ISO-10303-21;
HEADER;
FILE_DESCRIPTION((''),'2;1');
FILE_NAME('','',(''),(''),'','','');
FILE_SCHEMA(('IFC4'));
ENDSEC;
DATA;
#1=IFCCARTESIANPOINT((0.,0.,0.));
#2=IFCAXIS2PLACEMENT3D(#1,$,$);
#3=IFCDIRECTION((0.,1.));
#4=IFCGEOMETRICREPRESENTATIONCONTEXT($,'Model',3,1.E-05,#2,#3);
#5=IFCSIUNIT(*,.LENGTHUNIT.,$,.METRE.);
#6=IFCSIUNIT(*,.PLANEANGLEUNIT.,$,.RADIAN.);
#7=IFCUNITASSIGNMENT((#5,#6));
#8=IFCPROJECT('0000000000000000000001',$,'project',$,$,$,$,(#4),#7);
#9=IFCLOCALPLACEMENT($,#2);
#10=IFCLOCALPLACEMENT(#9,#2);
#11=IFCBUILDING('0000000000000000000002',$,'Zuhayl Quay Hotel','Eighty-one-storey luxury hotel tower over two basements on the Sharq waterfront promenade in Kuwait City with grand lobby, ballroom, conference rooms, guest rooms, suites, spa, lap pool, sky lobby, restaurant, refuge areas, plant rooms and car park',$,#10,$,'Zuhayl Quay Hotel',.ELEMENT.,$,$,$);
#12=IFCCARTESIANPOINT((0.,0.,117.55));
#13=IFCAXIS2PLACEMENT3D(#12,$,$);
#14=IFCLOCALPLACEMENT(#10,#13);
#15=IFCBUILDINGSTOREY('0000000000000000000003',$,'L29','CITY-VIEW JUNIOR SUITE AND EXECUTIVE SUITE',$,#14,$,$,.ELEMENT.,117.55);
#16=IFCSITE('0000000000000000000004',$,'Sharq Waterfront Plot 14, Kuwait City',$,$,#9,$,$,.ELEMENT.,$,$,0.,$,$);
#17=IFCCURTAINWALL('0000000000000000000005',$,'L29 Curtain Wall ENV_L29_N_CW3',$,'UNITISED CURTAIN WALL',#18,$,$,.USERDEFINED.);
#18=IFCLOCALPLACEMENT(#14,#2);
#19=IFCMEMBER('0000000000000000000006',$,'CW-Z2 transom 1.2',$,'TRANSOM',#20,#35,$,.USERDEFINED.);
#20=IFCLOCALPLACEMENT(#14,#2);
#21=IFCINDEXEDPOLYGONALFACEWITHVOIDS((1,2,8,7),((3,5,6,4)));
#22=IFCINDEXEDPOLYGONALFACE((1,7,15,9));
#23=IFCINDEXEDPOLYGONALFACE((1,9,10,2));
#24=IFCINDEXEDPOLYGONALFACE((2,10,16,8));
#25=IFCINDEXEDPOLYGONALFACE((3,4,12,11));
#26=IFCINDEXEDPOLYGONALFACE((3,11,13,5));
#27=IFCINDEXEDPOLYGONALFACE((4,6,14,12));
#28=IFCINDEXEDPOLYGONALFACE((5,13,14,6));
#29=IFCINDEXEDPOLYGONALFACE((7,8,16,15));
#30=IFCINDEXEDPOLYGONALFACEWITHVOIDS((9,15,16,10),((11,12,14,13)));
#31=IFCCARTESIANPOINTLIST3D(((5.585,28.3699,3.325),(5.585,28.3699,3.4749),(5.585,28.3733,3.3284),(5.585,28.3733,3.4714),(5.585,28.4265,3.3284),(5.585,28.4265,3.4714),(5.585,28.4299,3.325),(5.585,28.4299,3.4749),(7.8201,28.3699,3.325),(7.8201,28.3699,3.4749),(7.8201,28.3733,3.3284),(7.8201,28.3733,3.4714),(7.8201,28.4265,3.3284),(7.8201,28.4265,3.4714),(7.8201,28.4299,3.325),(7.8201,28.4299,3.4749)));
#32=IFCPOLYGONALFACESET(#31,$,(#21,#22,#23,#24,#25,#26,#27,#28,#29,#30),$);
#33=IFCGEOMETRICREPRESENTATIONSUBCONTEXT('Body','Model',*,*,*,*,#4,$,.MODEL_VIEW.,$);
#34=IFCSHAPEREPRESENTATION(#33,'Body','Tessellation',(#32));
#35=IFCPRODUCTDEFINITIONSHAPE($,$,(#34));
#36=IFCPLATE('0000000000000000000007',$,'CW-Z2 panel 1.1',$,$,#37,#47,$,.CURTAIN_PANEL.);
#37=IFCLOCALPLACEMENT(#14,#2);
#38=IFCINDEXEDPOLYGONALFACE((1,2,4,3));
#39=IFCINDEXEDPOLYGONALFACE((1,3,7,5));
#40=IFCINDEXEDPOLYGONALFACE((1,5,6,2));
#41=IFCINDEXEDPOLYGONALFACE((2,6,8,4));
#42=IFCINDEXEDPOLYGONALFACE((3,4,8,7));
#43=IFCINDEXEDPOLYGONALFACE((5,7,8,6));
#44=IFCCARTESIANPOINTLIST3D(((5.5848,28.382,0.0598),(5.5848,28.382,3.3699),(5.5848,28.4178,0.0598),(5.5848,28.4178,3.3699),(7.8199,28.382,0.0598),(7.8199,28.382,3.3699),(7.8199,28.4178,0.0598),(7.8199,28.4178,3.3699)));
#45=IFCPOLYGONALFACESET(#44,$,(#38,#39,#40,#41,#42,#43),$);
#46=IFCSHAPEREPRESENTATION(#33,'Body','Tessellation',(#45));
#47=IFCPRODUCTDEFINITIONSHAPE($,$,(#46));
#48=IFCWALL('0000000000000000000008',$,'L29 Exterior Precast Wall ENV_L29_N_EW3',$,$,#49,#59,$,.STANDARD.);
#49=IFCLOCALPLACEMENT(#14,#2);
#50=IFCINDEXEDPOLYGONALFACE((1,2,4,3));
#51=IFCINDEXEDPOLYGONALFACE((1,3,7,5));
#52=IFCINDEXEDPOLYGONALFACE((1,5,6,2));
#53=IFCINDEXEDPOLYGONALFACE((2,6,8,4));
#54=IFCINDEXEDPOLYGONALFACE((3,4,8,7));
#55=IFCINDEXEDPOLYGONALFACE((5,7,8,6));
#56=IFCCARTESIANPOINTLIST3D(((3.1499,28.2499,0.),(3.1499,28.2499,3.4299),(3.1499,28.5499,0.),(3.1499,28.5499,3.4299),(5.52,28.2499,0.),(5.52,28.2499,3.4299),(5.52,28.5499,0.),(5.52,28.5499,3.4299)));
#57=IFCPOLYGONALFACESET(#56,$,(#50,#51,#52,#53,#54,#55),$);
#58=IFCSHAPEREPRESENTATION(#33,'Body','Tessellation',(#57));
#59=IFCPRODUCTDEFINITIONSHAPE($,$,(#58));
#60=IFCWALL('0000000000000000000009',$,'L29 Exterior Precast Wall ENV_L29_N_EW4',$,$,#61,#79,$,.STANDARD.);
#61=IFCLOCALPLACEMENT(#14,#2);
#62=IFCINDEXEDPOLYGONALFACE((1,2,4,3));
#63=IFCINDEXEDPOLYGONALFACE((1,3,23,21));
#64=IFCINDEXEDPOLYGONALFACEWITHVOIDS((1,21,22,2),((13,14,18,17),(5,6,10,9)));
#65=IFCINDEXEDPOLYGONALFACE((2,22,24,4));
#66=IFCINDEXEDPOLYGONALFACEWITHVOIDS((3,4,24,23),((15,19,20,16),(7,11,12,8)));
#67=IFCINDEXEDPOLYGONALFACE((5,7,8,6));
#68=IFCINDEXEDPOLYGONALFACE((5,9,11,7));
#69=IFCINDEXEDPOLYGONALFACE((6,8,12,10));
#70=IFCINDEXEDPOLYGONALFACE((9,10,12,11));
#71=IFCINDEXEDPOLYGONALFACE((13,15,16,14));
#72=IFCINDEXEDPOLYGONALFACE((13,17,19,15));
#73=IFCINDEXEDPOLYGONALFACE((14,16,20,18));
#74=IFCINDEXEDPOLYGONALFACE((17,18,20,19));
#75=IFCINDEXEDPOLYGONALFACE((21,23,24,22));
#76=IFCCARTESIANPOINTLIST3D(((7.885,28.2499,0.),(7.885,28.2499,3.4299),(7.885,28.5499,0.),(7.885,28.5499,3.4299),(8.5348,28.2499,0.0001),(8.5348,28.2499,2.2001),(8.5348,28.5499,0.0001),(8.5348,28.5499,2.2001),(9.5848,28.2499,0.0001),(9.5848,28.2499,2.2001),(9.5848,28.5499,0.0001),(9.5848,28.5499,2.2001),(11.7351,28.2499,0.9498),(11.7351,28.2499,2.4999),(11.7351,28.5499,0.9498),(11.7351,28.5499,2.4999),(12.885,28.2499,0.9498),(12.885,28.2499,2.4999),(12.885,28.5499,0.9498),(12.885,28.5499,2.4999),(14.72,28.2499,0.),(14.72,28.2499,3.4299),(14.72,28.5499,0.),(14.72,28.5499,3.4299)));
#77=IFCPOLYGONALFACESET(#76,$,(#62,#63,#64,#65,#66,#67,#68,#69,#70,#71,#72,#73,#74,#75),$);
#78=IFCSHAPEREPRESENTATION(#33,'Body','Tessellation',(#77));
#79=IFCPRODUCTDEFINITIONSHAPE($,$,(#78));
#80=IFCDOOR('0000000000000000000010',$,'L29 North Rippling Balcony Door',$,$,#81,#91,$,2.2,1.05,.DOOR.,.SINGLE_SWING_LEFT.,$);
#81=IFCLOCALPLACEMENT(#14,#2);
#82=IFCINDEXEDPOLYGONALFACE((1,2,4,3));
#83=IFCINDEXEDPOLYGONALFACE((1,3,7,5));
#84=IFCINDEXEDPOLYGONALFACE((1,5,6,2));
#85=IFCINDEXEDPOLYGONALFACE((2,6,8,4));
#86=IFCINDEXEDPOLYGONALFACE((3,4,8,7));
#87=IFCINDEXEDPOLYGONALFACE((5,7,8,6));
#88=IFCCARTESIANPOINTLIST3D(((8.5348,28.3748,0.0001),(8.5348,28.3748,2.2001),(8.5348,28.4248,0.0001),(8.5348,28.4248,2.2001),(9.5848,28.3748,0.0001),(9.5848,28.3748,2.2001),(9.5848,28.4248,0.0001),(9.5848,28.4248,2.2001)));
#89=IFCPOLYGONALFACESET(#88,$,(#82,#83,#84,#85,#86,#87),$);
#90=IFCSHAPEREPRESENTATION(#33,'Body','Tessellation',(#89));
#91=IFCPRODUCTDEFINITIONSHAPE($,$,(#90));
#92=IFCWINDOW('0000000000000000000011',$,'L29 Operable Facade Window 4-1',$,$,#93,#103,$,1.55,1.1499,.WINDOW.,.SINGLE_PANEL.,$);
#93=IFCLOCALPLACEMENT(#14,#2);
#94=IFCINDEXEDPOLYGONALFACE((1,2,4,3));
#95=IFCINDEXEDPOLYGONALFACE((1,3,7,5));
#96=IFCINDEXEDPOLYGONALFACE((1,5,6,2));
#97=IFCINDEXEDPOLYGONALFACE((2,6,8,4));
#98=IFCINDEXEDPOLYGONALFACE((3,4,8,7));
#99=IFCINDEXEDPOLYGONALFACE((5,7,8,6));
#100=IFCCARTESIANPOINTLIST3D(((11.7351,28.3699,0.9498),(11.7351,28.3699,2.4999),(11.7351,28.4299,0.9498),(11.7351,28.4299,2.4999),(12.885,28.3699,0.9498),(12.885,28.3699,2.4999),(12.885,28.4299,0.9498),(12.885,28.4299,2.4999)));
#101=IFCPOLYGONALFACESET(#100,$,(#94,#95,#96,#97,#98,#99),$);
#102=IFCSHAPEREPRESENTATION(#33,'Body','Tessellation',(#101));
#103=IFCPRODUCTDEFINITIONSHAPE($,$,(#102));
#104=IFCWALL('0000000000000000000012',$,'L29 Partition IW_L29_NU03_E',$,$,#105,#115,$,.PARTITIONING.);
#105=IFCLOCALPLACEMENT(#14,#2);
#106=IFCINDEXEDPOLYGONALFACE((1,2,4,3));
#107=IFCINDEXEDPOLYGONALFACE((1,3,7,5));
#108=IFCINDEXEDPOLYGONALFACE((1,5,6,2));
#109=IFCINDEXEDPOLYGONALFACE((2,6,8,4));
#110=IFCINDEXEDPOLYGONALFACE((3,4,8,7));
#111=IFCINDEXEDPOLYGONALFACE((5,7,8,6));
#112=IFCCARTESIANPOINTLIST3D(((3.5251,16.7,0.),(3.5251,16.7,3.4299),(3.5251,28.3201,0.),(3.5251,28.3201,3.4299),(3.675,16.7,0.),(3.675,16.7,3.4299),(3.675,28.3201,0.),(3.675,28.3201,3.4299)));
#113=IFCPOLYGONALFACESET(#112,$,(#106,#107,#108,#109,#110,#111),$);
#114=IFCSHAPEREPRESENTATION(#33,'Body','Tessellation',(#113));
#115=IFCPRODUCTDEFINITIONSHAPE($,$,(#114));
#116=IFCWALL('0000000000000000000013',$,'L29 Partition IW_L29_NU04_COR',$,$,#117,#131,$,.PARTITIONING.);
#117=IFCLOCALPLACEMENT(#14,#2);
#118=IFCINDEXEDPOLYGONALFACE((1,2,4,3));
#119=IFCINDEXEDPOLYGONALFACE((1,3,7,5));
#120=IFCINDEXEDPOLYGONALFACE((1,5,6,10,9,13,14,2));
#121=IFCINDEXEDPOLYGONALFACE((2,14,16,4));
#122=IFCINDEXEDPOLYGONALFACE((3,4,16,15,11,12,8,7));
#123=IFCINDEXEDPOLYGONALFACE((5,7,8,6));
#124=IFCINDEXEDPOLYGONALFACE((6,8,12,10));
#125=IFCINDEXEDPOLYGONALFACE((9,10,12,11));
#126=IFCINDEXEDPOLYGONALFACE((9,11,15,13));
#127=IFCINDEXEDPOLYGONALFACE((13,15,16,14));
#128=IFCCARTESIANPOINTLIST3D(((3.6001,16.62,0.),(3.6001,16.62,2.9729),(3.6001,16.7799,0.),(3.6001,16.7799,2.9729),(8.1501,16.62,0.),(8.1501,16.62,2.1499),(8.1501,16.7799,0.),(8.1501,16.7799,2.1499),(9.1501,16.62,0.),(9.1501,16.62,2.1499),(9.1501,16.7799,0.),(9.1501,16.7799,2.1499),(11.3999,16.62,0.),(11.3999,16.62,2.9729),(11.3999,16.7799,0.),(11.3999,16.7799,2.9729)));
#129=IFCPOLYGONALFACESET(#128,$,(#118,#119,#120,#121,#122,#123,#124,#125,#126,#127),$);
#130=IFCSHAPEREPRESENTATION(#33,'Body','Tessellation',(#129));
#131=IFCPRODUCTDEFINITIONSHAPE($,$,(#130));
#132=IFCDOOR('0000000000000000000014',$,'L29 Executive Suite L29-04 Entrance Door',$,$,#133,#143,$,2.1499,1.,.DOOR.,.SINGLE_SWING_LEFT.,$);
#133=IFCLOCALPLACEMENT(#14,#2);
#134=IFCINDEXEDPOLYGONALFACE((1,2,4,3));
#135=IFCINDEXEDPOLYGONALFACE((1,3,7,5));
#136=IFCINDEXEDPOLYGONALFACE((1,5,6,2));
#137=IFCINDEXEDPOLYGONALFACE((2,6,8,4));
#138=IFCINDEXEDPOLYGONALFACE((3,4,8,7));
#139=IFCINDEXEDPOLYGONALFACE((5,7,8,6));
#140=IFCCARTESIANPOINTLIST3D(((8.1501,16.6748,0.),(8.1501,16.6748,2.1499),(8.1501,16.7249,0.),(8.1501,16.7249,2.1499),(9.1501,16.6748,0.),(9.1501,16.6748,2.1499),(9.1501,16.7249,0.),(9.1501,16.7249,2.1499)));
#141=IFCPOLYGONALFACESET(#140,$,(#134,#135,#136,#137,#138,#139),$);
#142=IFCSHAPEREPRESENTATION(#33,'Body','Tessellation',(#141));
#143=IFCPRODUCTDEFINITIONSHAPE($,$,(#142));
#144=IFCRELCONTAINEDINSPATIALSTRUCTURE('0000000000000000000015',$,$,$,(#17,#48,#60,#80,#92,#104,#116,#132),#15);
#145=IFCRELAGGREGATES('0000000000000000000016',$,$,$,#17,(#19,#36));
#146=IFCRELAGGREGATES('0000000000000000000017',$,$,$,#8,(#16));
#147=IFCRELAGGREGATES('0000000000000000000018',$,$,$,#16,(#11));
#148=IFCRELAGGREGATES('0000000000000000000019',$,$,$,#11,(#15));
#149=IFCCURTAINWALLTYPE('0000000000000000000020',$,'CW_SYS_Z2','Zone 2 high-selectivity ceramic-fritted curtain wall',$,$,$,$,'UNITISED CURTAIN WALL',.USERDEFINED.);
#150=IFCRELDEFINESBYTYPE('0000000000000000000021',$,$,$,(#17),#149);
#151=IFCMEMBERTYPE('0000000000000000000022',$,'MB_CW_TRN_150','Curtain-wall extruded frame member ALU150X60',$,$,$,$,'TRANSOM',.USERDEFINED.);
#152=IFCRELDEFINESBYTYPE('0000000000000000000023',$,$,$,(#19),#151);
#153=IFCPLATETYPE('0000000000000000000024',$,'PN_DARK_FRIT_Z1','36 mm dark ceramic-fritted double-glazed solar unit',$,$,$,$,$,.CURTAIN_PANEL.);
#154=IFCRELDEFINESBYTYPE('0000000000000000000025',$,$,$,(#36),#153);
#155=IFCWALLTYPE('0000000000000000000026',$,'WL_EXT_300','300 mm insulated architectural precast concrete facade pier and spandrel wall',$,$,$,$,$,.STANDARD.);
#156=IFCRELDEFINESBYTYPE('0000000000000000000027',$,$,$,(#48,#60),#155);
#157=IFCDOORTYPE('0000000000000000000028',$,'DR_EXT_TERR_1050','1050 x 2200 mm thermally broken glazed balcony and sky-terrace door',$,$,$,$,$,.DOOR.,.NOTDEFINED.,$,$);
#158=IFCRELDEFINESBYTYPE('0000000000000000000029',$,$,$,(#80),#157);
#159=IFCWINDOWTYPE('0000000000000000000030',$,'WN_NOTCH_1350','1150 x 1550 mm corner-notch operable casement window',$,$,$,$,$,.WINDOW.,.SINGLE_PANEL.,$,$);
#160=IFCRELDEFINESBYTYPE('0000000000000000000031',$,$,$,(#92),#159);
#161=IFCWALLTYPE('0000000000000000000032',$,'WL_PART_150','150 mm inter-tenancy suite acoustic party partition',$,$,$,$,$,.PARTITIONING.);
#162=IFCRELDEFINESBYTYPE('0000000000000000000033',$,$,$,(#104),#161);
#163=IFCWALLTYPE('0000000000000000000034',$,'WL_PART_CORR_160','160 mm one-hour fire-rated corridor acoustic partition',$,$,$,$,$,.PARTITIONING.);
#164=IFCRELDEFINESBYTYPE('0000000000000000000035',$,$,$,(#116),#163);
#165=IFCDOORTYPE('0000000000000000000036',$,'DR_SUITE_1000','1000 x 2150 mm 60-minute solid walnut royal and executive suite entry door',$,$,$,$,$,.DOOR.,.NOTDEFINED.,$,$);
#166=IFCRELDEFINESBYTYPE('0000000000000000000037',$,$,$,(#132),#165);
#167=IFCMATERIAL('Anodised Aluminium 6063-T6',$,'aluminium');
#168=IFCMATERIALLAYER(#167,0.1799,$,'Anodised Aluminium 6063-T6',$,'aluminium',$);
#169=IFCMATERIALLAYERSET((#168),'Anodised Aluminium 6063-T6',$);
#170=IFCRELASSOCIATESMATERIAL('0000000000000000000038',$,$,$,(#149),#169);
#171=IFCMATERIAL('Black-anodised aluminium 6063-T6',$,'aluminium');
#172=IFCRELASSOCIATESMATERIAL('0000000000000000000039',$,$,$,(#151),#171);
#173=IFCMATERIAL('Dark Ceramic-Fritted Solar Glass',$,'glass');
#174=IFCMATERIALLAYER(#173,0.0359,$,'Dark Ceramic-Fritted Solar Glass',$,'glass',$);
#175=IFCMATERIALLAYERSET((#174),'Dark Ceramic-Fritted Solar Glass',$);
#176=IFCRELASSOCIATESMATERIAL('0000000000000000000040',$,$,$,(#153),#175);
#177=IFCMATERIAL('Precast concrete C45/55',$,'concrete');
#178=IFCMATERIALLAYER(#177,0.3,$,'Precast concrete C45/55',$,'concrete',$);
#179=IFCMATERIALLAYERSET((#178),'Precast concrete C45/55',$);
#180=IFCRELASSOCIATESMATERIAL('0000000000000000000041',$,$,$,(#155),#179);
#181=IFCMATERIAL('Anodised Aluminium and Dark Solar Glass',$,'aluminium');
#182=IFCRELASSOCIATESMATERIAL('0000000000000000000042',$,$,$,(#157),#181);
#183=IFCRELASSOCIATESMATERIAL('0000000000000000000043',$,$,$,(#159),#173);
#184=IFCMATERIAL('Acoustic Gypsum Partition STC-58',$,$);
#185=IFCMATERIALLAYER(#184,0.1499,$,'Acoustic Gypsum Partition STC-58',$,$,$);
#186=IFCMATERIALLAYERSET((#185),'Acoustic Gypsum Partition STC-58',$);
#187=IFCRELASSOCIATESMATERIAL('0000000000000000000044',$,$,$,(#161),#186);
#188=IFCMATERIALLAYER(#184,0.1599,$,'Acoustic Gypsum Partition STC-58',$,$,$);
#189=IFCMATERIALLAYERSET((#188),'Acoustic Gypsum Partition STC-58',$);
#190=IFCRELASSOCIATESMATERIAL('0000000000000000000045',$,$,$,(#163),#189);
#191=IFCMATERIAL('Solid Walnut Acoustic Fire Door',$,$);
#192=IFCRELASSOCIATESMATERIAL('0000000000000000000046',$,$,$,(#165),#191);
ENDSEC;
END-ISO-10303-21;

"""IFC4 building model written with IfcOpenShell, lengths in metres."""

from ifc_helpers import new_model, si_unit, direction, frame, frame_2d, origin, origin_2d, place, context, subcontext, project, spatial, rectangle, hollow_rectangle, extrude, material, layer, layer_set, material_profile, profile_set, type_object, element, fill, aggregate, save


model = new_model("IFC4")

# Units and contexts
model_context = context("Model", 3, precision=1e-05, world=origin(), true_north=direction((0.0, 1.0)))
body_context = subcontext(model_context, "Body", "Model", "MODEL_VIEW")
ifc_project = project(units=[si_unit("LENGTHUNIT", "METRE"), si_unit("PLANEANGLEUNIT", "RADIAN")], contexts=[model_context])

# Site, building, storey
site_placement = place(None, origin())
site = spatial("IfcSite", under=ifc_project, at=site_placement, Name="Sharq Waterfront Plot 14, Kuwait City", CompositionType="ELEMENT", RefElevation=0.0)
building_placement = place(site_placement, origin())
building = spatial("IfcBuilding", under=site, at=building_placement, Name="Zuhayl Quay Hotel", Description="Eighty-one-storey luxury hotel tower over two basements on the Sharq waterfront promenade in Kuwait City with grand lobby, ballroom, conference rooms, guest rooms, suites, spa, lap pool, sky lobby, restaurant, refuge areas, plant rooms and car park", LongName="Zuhayl Quay Hotel", CompositionType="ELEMENT")
storey_placement = place(building_placement, frame((0.0, 0.0, 117.55)))
storey = spatial("IfcBuildingStorey", under=building, at=storey_placement, Name="L29", Description="CITY-VIEW JUNIOR SUITE AND EXECUTIVE SUITE", CompositionType="ELEMENT", Elevation=117.55)

# Shared definitions
ifc_material_1 = material(Name="Anodised Aluminium 6063-T6", Category="aluminium")
ifc_layer_1 = layer(ifc_material_1, 0.1799, Name="Anodised Aluminium 6063-T6", Category="aluminium")
ifc_layer_set_1 = layer_set([ifc_layer_1], Name="Anodised Aluminium 6063-T6")
curtain_wall_type = type_object("IfcCurtainWallType", Name="CW_SYS_Z2", Description="Zone 2 high-selectivity ceramic-fritted curtain wall", ElementType="UNITISED CURTAIN WALL", PredefinedType="USERDEFINED", material=ifc_layer_set_1)
ifc_material_2 = material(Name="Black-anodised aluminium 6063-T6", Category="aluminium")

# Curtain wall, member, plate
curtain_wall_1_placement = place(storey_placement, origin())
curtain_wall_1 = element("IfcCurtainWall", 1, at=curtain_wall_1_placement, inside=storey, type_object=curtain_wall_type, Name="L29 Curtain Wall ENV_L29_N_CW3", ObjectType="UNITISED CURTAIN WALL", PredefinedType="USERDEFINED")
ifc_material_profile_1 = material_profile(ifc_material_2, hollow_rectangle(XDim=0.0601, YDim=0.1499, WallThickness=0.0034, at=origin_2d()), Name="ALU150X60")
ifc_profile_set_1 = profile_set([ifc_material_profile_1], Name="Black-anodised aluminium 6063-T6")
member_type_1 = type_object("IfcMemberType", Name="MB_CW_TRN_150", Description="Curtain-wall extruded frame member ALU150X60", ElementType="TRANSOM", PredefinedType="USERDEFINED", material=ifc_profile_set_1)
member_1_placement = place(storey_placement, frame((5.585, 28.3999, 3.3999), z_axis=(1.0, 0.0, 0.0), x_axis=(0.0, 1.0, 0.0)))
member_1 = element("IfcMember", 2, at=member_1_placement, type_object=member_type_1, Name="CW-Z2 transom 1.2", ObjectType="TRANSOM", PredefinedType="USERDEFINED", context=body_context, shape_type="SweptSolid", body=[
    extrude(hollow_rectangle(XDim=0.0601, YDim=0.1499, WallThickness=0.0034, at=origin_2d()), origin(), (0.0, 0.0, 1.0), 2.2351),
])
ifc_material_3 = material(Name="Dark Ceramic-Fritted Solar Glass", Category="glass")
ifc_layer_2 = layer(ifc_material_3, 0.0359, Name="Dark Ceramic-Fritted Solar Glass", Category="glass")
ifc_layer_set_2 = layer_set([ifc_layer_2], Name="Dark Ceramic-Fritted Solar Glass")
plate_type = type_object("IfcPlateType", Name="PN_DARK_FRIT_Z1", Description="36 mm dark ceramic-fritted double-glazed solar unit", PredefinedType="CURTAIN_PANEL", material=ifc_layer_set_2)
plate_placement = place(storey_placement, frame((6.7024, 28.3999, 0.0598), z_axis=(0.0, 0.0, 1.0), x_axis=(1.0, 0.0, 0.0)))
plate = element("IfcPlate", 3, at=plate_placement, type_object=plate_type, Name="CW-Z2 panel 1.1", PredefinedType="CURTAIN_PANEL", context=body_context, shape_type="SweptSolid", body=[
    extrude(rectangle(XDim=2.2351, YDim=0.0359, at=origin_2d()), origin(), (0.0, 0.0, 1.0), 3.3101),
])
aggregate(curtain_wall_1, [member_1, plate])

# Wall
ifc_material_4 = material(Name="Precast concrete C45/55", Category="concrete")
ifc_layer_3 = layer(ifc_material_4, 0.3, Name="Precast concrete C45/55", Category="concrete")
ifc_layer_set_3 = layer_set([ifc_layer_3], Name="Precast concrete C45/55")
wall_type_1 = type_object("IfcWallType", Name="WL_EXT_300", Description="300 mm insulated architectural precast concrete facade pier and spandrel wall", PredefinedType="STANDARD", material=ifc_layer_set_3)
wall_1_placement = place(storey_placement, frame((3.1499, 28.3999, 0.0), z_axis=(0.0, 0.0, 1.0), x_axis=(1.0, 0.0, 0.0)))
element("IfcWall", 4, at=wall_1_placement, inside=storey, type_object=wall_type_1, Name="L29 Exterior Precast Wall ENV_L29_N_EW3", PredefinedType="STANDARD", context=body_context, shape_type="SweptSolid", body=[
    extrude(rectangle(XDim=2.3701, YDim=0.3, at=frame_2d((1.1851, 0.0))), origin(), (0.0, 0.0, 1.0), 3.4299),
])

# Wall, openings, door, window
wall_2_placement = place(storey_placement, frame((7.885, 28.3999, 0.0), z_axis=(0.0, 0.0, 1.0), x_axis=(1.0, 0.0, 0.0)))
wall_2 = element("IfcWall", 5, at=wall_2_placement, inside=storey, type_object=wall_type_1, Name="L29 Exterior Precast Wall ENV_L29_N_EW4", PredefinedType="STANDARD", context=body_context, shape_type="SweptSolid", body=[
    extrude(rectangle(XDim=6.835, YDim=0.3, at=frame_2d((3.4175, 0.0))), origin(), (0.0, 0.0, 1.0), 3.4299),
])
opening_1_placement = place(wall_2_placement, frame((0.6499, 0.0, 0.0)))
opening_1 = element("IfcOpeningElement", 6, at=opening_1_placement, cuts=wall_2, PredefinedType="OPENING", context=body_context, shape_type="SweptSolid", body=[
    extrude(rectangle(XDim=1.05, YDim=2.2, at=frame_2d((0.5249, 1.1001))), frame((0.0, 0.1599, 0.0), z_axis=(0.0, -1.0, 0.0), x_axis=(1.0, 0.0, 0.0)), (0.0, 0.0, 1.0), 0.3201),
])
opening_2_placement = place(wall_2_placement, frame((3.8501, 0.0, 0.95)))
opening_2 = element("IfcOpeningElement", 7, at=opening_2_placement, cuts=wall_2, PredefinedType="OPENING", context=body_context, shape_type="SweptSolid", body=[
    extrude(rectangle(XDim=1.1499, YDim=1.55, at=frame_2d((0.575, 0.7749))), frame((0.0, 0.1599, 0.0), z_axis=(0.0, -1.0, 0.0), x_axis=(1.0, 0.0, 0.0)), (0.0, 0.0, 1.0), 0.3201),
])
ifc_material_5 = material(Name="Anodised Aluminium and Dark Solar Glass", Category="aluminium")
door_type_1 = type_object("IfcDoorType", Name="DR_EXT_TERR_1050", Description="1050 x 2200 mm thermally broken glazed balcony and sky-terrace door", OperationType="NOTDEFINED", PredefinedType="DOOR", material=ifc_material_5)
door_1_placement = place(opening_1_placement, origin())
door_1 = element("IfcDoor", 8, at=door_1_placement, inside=storey, type_object=door_type_1, Name="L29 North Rippling Balcony Door", OperationType="SINGLE_SWING_LEFT", OverallHeight=2.2, OverallWidth=1.05, PredefinedType="DOOR", context=body_context, shape_type="SweptSolid", body=[
    extrude(rectangle(XDim=1.05, YDim=2.2, at=frame_2d((0.5249, 1.1001))), frame((0.0, 0.0249, 0.0), z_axis=(0.0, -1.0, 0.0), x_axis=(1.0, 0.0, 0.0)), (0.0, 0.0, 1.0), 0.05),
])
fill(opening_1, door_1)
window_type = type_object("IfcWindowType", Name="WN_NOTCH_1350", Description="1150 x 1550 mm corner-notch operable casement window", PartitioningType="SINGLE_PANEL", PredefinedType="WINDOW", material=ifc_material_3)
window_placement = place(opening_2_placement, origin())
window = element("IfcWindow", 9, at=window_placement, inside=storey, type_object=window_type, Name="L29 Operable Facade Window 4-1", OverallHeight=1.55, OverallWidth=1.1499, PartitioningType="SINGLE_PANEL", PredefinedType="WINDOW", context=body_context, shape_type="SweptSolid", body=[
    extrude(rectangle(XDim=1.1499, YDim=1.55, at=frame_2d((0.575, 0.7749))), frame((0.0, 0.03, 0.0), z_axis=(0.0, -1.0, 0.0), x_axis=(1.0, 0.0, 0.0)), (0.0, 0.0, 1.0), 0.0601),
])
fill(opening_2, window)

# Wall
ifc_material_6 = material(Name="Acoustic Gypsum Partition STC-58")
ifc_layer_4 = layer(ifc_material_6, 0.1499, Name="Acoustic Gypsum Partition STC-58")
ifc_layer_set_4 = layer_set([ifc_layer_4], Name="Acoustic Gypsum Partition STC-58")
wall_type_2 = type_object("IfcWallType", Name="WL_PART_150", Description="150 mm inter-tenancy suite acoustic party partition", PredefinedType="PARTITIONING", material=ifc_layer_set_4)
wall_3_placement = place(storey_placement, frame((3.6001, 16.7, 0.0), z_axis=(0.0, 0.0, 1.0), x_axis=(0.0, 1.0, 0.0)))
element("IfcWall", 10, at=wall_3_placement, inside=storey, type_object=wall_type_2, Name="L29 Partition IW_L29_NU03_E", PredefinedType="PARTITIONING", context=body_context, shape_type="SweptSolid", body=[
    extrude(rectangle(XDim=11.6201, YDim=0.1499, at=frame_2d((5.8101, 0.0))), origin(), (0.0, 0.0, 1.0), 3.4299),
])

# Wall, opening, door
ifc_layer_5 = layer(ifc_material_6, 0.1599, Name="Acoustic Gypsum Partition STC-58")
ifc_layer_set_5 = layer_set([ifc_layer_5], Name="Acoustic Gypsum Partition STC-58")
wall_type_3 = type_object("IfcWallType", Name="WL_PART_CORR_160", Description="160 mm one-hour fire-rated corridor acoustic partition", PredefinedType="PARTITIONING", material=ifc_layer_set_5)
wall_4_placement = place(storey_placement, frame((3.6001, 16.7, 0.0), z_axis=(0.0, 0.0, 1.0), x_axis=(1.0, 0.0, 0.0)))
wall_4 = element("IfcWall", 11, at=wall_4_placement, inside=storey, type_object=wall_type_3, Name="L29 Partition IW_L29_NU04_COR", PredefinedType="PARTITIONING", context=body_context, shape_type="SweptSolid", body=[
    extrude(rectangle(XDim=7.7998, YDim=0.1599, at=frame_2d((3.8999, 0.0))), origin(), (0.0, 0.0, 1.0), 2.9729),
])
opening_3_placement = place(wall_4_placement, frame((4.55, 0.0, 0.0)))
opening_3 = element("IfcOpeningElement", 12, at=opening_3_placement, cuts=wall_4, PredefinedType="OPENING", context=body_context, shape_type="SweptSolid", body=[
    extrude(rectangle(XDim=1.0, YDim=2.1499, at=frame_2d((0.5, 1.075))), frame((0.0, 0.0898, 0.0), z_axis=(0.0, -1.0, 0.0), x_axis=(1.0, 0.0, 0.0)), (0.0, 0.0, 1.0), 0.1799),
])
ifc_material_7 = material(Name="Solid Walnut Acoustic Fire Door")
door_type_2 = type_object("IfcDoorType", Name="DR_SUITE_1000", Description="1000 x 2150 mm 60-minute solid walnut royal and executive suite entry door", OperationType="NOTDEFINED", PredefinedType="DOOR", material=ifc_material_7)
door_2_placement = place(opening_3_placement, origin())
door_2 = element("IfcDoor", 13, at=door_2_placement, inside=storey, type_object=door_type_2, Name="L29 Executive Suite L29-04 Entrance Door", OperationType="SINGLE_SWING_LEFT", OverallHeight=2.1499, OverallWidth=1.0, PredefinedType="DOOR", context=body_context, shape_type="SweptSolid", body=[
    extrude(rectangle(XDim=1.0, YDim=2.1499, at=frame_2d((0.5, 1.075))), frame((0.0, 0.0249, 0.0), z_axis=(0.0, -1.0, 0.0), x_axis=(1.0, 0.0, 0.0)), (0.0, 0.0, 1.0), 0.05),
])
fill(opening_3, door_2)

save(model, "model.ifc")
